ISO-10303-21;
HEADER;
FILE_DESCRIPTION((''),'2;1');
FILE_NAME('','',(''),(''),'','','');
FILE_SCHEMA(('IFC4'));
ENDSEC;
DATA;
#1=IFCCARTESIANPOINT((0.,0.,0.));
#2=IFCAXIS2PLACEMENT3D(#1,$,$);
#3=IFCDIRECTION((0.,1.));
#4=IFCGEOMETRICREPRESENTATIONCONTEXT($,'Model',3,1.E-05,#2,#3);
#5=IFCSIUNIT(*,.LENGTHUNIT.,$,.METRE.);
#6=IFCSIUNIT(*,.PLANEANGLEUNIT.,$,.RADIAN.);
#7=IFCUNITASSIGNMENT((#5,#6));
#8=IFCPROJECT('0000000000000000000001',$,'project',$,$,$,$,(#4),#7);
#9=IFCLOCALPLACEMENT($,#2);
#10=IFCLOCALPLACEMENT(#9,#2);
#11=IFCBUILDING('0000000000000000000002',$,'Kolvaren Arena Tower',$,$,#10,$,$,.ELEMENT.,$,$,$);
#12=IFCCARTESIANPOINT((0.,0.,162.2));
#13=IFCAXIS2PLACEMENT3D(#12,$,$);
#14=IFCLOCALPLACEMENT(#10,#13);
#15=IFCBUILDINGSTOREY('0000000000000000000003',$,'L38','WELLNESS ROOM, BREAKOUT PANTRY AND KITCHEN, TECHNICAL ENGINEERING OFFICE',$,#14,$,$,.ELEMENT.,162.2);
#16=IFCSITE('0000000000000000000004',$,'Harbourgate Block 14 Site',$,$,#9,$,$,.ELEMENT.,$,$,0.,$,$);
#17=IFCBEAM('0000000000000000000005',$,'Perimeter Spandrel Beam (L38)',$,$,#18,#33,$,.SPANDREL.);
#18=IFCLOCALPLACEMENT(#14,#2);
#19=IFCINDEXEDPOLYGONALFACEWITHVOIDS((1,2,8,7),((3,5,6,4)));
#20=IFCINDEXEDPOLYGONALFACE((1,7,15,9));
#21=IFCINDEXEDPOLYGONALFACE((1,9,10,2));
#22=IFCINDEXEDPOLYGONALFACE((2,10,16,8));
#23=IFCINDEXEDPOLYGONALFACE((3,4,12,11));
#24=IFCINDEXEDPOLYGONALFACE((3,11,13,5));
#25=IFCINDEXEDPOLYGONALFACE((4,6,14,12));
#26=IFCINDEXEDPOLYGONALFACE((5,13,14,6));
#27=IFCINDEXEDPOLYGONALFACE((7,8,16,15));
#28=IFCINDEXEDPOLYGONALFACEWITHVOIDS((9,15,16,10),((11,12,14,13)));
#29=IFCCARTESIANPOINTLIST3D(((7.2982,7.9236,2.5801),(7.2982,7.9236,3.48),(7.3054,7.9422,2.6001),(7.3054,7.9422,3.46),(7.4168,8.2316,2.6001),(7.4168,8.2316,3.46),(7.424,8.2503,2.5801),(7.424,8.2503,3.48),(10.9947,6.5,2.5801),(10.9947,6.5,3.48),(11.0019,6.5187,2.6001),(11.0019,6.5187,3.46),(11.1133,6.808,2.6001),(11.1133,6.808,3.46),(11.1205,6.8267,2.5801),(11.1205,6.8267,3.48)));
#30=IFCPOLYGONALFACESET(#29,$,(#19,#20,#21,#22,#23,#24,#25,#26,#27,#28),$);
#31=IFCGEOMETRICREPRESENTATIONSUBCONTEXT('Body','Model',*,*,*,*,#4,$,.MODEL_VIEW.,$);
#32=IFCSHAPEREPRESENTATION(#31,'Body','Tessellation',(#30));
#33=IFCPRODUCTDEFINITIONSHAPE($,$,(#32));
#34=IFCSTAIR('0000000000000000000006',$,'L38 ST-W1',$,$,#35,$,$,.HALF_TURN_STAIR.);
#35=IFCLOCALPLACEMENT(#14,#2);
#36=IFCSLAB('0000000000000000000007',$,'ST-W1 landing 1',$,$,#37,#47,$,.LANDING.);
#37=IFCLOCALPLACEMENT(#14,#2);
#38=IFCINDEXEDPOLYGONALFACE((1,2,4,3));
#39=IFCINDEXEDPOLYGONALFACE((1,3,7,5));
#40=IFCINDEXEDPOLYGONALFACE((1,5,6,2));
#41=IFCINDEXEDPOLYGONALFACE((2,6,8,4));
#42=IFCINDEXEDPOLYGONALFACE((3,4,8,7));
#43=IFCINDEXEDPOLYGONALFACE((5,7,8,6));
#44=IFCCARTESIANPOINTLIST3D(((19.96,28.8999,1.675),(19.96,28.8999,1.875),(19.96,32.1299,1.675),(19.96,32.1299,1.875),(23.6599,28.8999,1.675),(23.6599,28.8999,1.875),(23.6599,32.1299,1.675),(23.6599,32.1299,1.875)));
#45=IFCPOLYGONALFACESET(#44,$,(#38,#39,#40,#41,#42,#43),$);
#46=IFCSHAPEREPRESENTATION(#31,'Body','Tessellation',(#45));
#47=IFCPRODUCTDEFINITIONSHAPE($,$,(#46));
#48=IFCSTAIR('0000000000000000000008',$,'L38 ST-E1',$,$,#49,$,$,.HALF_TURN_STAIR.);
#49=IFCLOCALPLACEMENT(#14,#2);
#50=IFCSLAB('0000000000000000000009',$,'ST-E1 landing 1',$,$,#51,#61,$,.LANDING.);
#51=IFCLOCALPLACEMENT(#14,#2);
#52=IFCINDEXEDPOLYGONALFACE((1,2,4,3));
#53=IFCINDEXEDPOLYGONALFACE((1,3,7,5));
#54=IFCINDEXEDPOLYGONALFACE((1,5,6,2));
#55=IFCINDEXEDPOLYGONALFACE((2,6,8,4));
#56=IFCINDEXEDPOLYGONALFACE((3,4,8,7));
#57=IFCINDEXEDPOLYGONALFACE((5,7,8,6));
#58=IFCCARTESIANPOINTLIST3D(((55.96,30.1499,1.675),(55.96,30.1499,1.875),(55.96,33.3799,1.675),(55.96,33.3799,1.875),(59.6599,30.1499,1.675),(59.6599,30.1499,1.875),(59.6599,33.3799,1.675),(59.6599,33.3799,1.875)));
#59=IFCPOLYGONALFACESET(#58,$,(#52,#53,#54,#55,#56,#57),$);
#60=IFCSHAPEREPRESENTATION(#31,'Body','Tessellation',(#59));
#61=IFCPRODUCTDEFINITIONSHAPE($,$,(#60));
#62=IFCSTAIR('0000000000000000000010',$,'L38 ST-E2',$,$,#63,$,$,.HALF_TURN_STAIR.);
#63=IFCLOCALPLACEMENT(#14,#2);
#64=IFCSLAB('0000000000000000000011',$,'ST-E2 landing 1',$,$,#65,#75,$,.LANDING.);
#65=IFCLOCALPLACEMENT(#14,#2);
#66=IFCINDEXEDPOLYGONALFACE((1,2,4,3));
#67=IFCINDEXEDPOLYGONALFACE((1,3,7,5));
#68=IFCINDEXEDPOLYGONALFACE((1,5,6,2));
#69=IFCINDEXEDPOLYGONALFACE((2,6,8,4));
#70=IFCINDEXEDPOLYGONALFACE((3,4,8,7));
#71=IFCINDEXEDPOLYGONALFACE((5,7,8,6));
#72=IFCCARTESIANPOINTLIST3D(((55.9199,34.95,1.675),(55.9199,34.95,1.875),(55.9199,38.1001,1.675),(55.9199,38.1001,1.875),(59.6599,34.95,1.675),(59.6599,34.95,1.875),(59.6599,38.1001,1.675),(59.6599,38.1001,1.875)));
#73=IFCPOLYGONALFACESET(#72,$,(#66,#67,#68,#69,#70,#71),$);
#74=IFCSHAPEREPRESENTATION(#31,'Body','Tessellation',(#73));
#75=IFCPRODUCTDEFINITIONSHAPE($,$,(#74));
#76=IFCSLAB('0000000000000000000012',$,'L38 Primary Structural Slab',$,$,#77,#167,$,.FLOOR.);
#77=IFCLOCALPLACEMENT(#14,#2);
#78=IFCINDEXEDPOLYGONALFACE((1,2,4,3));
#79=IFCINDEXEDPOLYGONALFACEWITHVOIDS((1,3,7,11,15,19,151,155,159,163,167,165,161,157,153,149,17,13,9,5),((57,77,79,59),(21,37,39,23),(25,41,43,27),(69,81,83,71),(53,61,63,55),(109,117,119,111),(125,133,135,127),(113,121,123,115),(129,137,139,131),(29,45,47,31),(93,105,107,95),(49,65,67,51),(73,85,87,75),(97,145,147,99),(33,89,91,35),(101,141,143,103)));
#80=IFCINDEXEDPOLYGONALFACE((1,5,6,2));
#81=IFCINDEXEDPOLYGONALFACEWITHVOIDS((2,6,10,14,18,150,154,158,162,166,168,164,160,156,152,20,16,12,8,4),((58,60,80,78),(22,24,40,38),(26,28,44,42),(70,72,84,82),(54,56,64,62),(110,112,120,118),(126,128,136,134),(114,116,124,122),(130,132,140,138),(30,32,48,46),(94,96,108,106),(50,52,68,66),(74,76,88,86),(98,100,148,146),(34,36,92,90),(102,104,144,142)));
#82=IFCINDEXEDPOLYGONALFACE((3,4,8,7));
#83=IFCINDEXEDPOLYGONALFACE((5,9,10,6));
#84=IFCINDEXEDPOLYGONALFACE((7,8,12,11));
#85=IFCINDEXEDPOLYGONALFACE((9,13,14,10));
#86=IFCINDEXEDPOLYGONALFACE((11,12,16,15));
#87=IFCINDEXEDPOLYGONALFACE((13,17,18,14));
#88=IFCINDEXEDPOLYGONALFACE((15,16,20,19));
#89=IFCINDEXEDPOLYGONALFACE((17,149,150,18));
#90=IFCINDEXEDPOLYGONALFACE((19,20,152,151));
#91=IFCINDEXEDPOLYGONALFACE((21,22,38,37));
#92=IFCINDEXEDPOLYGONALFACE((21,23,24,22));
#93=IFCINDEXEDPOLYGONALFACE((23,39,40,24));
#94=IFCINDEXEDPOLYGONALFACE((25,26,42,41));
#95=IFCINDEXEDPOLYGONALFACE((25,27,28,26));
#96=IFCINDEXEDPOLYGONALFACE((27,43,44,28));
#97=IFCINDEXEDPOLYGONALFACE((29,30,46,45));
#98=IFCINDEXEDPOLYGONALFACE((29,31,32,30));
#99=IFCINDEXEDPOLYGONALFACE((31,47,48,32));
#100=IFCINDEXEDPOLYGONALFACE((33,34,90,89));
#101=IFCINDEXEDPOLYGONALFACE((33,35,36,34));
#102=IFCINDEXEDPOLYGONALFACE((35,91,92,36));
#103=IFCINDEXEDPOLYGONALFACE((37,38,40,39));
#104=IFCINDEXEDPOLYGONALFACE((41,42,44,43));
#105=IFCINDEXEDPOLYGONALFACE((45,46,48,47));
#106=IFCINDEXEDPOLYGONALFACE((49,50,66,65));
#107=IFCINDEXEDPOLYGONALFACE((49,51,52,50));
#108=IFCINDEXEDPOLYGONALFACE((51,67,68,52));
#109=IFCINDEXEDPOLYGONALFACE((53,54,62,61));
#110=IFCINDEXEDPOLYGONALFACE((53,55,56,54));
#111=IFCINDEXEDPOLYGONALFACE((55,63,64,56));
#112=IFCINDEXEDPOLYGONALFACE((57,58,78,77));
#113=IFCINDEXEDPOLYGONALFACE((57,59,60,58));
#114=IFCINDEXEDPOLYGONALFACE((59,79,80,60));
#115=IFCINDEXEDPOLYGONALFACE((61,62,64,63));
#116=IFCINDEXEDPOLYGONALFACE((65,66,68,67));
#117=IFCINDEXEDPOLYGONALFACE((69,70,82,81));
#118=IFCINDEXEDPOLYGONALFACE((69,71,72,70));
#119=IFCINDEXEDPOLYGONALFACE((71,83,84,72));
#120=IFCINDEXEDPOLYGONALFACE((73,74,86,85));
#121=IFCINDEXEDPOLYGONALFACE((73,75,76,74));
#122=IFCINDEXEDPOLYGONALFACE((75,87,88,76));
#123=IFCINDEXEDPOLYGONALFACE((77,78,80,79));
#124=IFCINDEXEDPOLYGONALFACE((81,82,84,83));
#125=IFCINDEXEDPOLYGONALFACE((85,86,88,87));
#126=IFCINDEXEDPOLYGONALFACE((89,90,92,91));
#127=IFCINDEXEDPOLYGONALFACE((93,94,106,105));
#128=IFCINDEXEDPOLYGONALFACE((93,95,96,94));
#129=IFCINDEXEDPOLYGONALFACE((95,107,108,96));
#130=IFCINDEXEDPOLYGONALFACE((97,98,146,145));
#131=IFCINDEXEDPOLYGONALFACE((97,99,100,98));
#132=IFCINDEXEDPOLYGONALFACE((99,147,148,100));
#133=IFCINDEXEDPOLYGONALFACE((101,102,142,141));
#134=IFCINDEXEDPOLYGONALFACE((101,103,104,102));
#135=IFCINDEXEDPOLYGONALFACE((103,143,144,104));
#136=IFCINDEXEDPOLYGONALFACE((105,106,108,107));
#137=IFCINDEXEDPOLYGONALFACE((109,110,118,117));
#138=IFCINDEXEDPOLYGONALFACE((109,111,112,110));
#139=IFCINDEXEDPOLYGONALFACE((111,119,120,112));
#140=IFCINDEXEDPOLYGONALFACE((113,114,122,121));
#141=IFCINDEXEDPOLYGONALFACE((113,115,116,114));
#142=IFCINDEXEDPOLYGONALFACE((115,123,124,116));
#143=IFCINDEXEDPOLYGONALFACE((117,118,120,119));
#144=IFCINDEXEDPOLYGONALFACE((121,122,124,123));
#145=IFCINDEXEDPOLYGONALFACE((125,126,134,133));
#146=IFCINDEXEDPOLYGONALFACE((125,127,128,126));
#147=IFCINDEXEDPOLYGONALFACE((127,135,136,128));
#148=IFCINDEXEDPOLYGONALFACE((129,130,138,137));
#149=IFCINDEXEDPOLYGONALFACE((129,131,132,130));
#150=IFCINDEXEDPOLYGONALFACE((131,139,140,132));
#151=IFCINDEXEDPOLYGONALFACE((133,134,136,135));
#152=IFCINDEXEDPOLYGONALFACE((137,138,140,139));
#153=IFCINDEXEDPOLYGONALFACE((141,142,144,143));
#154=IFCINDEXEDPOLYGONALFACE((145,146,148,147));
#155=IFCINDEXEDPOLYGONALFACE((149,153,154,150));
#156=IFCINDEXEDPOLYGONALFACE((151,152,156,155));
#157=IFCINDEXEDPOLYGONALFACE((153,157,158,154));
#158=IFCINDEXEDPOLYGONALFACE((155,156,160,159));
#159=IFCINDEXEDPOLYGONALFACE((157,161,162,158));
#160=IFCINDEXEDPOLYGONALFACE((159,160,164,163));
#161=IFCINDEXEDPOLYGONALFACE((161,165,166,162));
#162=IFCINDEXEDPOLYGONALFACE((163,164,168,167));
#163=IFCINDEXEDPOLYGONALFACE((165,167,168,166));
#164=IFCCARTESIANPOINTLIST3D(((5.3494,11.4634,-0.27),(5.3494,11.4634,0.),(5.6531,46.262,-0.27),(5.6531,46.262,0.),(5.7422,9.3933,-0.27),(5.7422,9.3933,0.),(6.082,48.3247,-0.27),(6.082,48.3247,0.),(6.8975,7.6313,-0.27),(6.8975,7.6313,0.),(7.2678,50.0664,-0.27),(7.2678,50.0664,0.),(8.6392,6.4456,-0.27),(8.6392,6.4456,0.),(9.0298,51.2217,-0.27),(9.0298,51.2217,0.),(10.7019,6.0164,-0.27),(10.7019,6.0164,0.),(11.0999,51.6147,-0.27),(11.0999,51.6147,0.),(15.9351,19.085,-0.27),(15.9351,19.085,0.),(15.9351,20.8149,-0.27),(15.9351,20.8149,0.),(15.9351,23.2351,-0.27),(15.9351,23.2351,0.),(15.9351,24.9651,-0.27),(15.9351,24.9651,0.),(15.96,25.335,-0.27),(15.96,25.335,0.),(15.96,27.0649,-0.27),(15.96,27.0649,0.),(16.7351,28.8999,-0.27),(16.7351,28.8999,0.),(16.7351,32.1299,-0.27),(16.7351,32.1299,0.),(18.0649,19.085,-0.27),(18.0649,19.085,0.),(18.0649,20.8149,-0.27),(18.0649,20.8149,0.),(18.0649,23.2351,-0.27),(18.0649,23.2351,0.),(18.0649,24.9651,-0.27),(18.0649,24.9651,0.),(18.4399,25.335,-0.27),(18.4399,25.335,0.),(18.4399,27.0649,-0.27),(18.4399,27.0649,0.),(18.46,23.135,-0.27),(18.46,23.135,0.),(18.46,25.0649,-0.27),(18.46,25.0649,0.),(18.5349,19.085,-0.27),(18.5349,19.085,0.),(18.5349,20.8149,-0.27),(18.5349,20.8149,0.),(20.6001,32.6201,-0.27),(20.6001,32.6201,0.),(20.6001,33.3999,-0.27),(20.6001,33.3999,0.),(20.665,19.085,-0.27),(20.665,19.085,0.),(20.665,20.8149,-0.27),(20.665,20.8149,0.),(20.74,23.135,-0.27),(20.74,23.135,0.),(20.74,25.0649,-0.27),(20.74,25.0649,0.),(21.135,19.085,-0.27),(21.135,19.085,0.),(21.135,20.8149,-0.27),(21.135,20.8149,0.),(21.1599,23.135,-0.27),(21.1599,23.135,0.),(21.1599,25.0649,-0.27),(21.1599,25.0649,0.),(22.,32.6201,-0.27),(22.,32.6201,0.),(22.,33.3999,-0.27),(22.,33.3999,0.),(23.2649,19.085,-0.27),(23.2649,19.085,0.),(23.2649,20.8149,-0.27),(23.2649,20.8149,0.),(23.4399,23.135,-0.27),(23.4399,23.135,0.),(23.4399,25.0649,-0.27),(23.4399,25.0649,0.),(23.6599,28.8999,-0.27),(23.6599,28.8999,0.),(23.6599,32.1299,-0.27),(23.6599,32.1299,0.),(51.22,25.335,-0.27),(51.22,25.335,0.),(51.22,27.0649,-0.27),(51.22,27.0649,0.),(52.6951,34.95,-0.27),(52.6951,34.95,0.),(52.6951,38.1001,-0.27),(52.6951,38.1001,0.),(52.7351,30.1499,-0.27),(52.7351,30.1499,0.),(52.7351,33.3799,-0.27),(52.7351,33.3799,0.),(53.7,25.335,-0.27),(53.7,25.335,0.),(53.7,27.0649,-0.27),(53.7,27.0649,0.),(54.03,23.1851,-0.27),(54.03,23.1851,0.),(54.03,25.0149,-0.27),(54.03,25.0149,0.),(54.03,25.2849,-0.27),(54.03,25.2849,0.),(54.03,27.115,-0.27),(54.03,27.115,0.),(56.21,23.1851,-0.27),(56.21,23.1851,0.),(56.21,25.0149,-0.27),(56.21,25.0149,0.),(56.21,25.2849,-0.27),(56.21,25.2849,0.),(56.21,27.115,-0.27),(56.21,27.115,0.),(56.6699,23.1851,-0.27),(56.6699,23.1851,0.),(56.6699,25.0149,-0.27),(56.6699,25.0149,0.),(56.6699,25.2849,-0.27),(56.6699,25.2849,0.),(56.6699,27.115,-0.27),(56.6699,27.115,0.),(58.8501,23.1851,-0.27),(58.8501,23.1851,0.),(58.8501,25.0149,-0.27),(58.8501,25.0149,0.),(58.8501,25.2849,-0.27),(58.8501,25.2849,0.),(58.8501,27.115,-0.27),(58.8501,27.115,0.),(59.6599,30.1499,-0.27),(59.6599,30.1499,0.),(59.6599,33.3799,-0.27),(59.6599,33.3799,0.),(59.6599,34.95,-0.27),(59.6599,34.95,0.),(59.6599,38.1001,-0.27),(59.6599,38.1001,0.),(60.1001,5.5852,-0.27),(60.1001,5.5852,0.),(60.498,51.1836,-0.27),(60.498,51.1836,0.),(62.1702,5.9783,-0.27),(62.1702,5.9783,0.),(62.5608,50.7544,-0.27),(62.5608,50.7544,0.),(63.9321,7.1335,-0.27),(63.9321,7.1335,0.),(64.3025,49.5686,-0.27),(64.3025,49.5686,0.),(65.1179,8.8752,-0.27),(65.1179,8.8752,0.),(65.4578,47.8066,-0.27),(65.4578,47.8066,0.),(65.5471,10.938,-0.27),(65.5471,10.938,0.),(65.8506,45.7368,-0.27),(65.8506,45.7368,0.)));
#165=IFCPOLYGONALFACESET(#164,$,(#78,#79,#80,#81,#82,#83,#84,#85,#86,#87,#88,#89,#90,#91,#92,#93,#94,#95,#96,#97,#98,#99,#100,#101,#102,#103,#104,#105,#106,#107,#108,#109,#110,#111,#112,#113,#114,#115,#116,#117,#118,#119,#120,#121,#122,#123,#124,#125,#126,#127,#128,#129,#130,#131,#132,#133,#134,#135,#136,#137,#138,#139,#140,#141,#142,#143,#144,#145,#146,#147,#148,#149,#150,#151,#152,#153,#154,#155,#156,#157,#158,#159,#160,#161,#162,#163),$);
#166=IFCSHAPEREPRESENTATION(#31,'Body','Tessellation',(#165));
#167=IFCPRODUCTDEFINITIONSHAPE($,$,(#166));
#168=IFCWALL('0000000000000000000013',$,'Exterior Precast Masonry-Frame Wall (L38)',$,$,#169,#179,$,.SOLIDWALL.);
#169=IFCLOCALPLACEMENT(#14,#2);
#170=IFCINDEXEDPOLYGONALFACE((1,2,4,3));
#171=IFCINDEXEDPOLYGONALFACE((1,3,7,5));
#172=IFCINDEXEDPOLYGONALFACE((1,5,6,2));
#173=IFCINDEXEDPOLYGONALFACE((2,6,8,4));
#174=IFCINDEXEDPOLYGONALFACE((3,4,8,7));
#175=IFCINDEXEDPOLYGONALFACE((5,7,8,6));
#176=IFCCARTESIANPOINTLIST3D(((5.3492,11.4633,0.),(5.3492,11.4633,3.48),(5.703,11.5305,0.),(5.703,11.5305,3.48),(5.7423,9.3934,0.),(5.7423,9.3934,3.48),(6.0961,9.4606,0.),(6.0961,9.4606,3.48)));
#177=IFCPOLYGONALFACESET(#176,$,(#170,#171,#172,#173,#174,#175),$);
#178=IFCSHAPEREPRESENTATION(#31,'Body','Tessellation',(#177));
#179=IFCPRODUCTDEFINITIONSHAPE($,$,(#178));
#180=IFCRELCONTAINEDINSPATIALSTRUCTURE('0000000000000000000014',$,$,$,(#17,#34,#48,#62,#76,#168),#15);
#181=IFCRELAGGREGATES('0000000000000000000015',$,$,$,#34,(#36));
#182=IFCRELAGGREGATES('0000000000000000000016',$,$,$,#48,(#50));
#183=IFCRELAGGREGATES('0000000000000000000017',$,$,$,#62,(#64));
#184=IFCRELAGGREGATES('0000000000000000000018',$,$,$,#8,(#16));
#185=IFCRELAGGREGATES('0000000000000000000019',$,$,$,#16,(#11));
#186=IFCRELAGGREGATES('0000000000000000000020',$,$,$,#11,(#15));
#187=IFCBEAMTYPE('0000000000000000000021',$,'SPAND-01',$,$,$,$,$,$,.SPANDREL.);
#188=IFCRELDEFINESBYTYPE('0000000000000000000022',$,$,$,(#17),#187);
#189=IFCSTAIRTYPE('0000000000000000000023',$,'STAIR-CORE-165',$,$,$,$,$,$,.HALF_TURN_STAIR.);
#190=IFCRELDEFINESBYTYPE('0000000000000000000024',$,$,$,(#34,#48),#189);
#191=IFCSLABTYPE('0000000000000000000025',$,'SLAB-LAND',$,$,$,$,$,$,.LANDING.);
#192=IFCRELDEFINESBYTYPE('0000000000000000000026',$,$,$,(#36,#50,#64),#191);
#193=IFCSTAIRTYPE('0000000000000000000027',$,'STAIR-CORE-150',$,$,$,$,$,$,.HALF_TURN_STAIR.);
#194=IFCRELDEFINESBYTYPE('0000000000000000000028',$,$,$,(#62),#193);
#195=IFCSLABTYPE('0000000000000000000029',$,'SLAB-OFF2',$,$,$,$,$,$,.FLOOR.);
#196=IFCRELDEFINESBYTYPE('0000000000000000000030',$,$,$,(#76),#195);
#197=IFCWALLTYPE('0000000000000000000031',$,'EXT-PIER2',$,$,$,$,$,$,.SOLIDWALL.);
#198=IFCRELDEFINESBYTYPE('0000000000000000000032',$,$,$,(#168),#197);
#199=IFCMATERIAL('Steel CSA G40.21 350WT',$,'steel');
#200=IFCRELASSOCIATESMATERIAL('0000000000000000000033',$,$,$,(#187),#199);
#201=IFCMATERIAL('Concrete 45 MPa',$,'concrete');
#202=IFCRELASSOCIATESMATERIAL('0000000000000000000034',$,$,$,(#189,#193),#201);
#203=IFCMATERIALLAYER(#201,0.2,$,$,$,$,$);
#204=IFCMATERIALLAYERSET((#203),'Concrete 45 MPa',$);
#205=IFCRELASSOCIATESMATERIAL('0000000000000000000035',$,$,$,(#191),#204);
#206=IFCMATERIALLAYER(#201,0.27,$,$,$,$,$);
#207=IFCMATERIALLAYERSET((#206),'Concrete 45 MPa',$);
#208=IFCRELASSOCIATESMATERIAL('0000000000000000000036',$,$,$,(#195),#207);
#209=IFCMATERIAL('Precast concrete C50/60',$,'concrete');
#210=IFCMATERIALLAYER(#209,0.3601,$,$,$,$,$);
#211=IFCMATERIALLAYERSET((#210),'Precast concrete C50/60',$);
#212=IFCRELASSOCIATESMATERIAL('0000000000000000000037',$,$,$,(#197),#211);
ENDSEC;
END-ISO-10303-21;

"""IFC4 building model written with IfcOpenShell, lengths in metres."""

from ifc_helpers import new_model, si_unit, direction, frame, frame_2d, origin, origin_2d, place, context, subcontext, project, spatial, polyline, rectangle, hollow_rectangle, outline, extrude, material, layer, layer_set, material_profile, profile_set, type_object, element, aggregate, save


model = new_model("IFC4")

# Units and contexts
model_context = context("Model", 3, precision=1e-05, world=origin(), true_north=direction((0.0, 1.0)))
body_context = subcontext(model_context, "Body", "Model", "MODEL_VIEW")
ifc_project = project(units=[si_unit("LENGTHUNIT", "METRE"), si_unit("PLANEANGLEUNIT", "RADIAN")], contexts=[model_context])

# Site, building, storey
site_placement = place(None, origin())
site = spatial("IfcSite", under=ifc_project, at=site_placement, Name="Harbourgate Block 14 Site", CompositionType="ELEMENT", RefElevation=0.0)
building_placement = place(site_placement, origin())
building = spatial("IfcBuilding", under=site, at=building_placement, Name="Kolvaren Arena Tower", CompositionType="ELEMENT")
storey_placement = place(building_placement, frame((0.0, 0.0, 162.2)))
storey = spatial("IfcBuildingStorey", under=building, at=storey_placement, Name="L38", Description="WELLNESS ROOM, BREAKOUT PANTRY AND KITCHEN, TECHNICAL ENGINEERING OFFICE", CompositionType="ELEMENT", Elevation=162.2)

# Beam
ifc_material_1 = material(Name="Steel CSA G40.21 350WT", Category="steel")
ifc_material_profile_1 = material_profile(ifc_material_1, hollow_rectangle(XDim=0.3501, YDim=0.8999, WallThickness=0.02, at=origin_2d()), Name="HSS 900x350x20")
ifc_profile_set_1 = profile_set([ifc_material_profile_1], Name="Steel CSA G40.21 350WT")
beam_type_1 = type_object("IfcBeamType", Name="SPAND-01", PredefinedType="SPANDREL", material=ifc_profile_set_1)
beam_1_placement = place(storey_placement, frame((7.3611, 8.0869, 3.03), z_axis=(0.93319, -0.359384, 0.0), x_axis=(0.359384, 0.93319, 0.0)))
element("IfcBeam", 1, at=beam_1_placement, inside=storey, type_object=beam_type_1, Name="Perimeter Spandrel Beam (L38)", PredefinedType="SPANDREL", context=body_context, shape_type="SweptSolid", body=[
    extrude(hollow_rectangle(XDim=0.3501, YDim=0.8999, WallThickness=0.02, at=origin_2d()), origin(), (0.0, 0.0, 1.0), 3.9612),
])

# Stairs, slabs
ifc_material_2 = material(Name="Concrete 45 MPa", Category="concrete")
stair_type_1 = type_object("IfcStairType", Name="STAIR-CORE-165", PredefinedType="HALF_TURN_STAIR", material=ifc_material_2)
stair_1_placement = place(storey_placement, origin())
stair_1 = element("IfcStair", 2, at=stair_1_placement, inside=storey, type_object=stair_type_1, Name="L38 ST-W1", PredefinedType="HALF_TURN_STAIR")
ifc_layer_1 = layer(ifc_material_2, 0.2)
ifc_layer_set_1 = layer_set([ifc_layer_1], Name="Concrete 45 MPa")
slab_type_1 = type_object("IfcSlabType", Name="SLAB-LAND", PredefinedType="LANDING", material=ifc_layer_set_1)
slab_1_placement = place(storey_placement, frame((0.0, 0.0, 1.675)))
slab_1 = element("IfcSlab", 3, at=slab_1_placement, type_object=slab_type_1, Name="ST-W1 landing 1", PredefinedType="LANDING", context=body_context, shape_type="SweptSolid", body=[
    extrude(outline(polyline([(19.96, 28.8999), (23.6599, 28.8999), (23.6599, 32.1299), (19.96, 32.1299), (19.96, 28.8999)])), origin(), (0.0, 0.0, 1.0), 0.2),
])
aggregate(stair_1, [slab_1])
stair_2_placement = place(storey_placement, origin())
stair_2 = element("IfcStair", 4, at=stair_2_placement, inside=storey, type_object=stair_type_1, Name="L38 ST-E1", PredefinedType="HALF_TURN_STAIR")
slab_2_placement = place(storey_placement, frame((0.0, 0.0, 1.675)))
slab_2 = element("IfcSlab", 5, at=slab_2_placement, type_object=slab_type_1, Name="ST-E1 landing 1", PredefinedType="LANDING", context=body_context, shape_type="SweptSolid", body=[
    extrude(outline(polyline([(55.96, 30.1499), (59.6599, 30.1499), (59.6599, 33.3799), (55.96, 33.3799), (55.96, 30.1499)])), origin(), (0.0, 0.0, 1.0), 0.2),
])
aggregate(stair_2, [slab_2])
stair_type_2 = type_object("IfcStairType", Name="STAIR-CORE-150", PredefinedType="HALF_TURN_STAIR", material=ifc_material_2)
stair_3_placement = place(storey_placement, origin())
stair_3 = element("IfcStair", 6, at=stair_3_placement, inside=storey, type_object=stair_type_2, Name="L38 ST-E2", PredefinedType="HALF_TURN_STAIR")
slab_3_placement = place(storey_placement, frame((0.0, 0.0, 1.675)))
slab_3 = element("IfcSlab", 7, at=slab_3_placement, type_object=slab_type_1, Name="ST-E2 landing 1", PredefinedType="LANDING", context=body_context, shape_type="SweptSolid", body=[
    extrude(outline(polyline([(55.9199, 34.95), (59.6599, 34.95), (59.6599, 38.1001), (55.9199, 38.1001), (55.9199, 34.95)])), origin(), (0.0, 0.0, 1.0), 0.2),
])
aggregate(stair_3, [slab_3])

# Slab
ifc_layer_2 = layer(ifc_material_2, 0.27)
ifc_layer_set_2 = layer_set([ifc_layer_2], Name="Concrete 45 MPa")
slab_type_2 = type_object("IfcSlabType", Name="SLAB-OFF2", PredefinedType="FLOOR", material=ifc_layer_set_2)
slab_4_placement = place(storey_placement, frame((0.0, 0.0, -0.27)))
element("IfcSlab", 8, at=slab_4_placement, inside=storey, type_object=slab_type_2, Name="L38 Primary Structural Slab", PredefinedType="FLOOR", context=body_context, shape_type="SweptSolid", body=[
    extrude(outline(polyline([(60.1001, 5.5852), (62.1702, 5.9783), (63.9321, 7.1335), (65.1179, 8.8752), (65.5471, 10.938), (65.8506, 45.7368), (65.4578, 47.8066), (64.3025, 49.5686), (62.5608, 50.7544), (60.498, 51.1836), (11.0999, 51.6147), (9.0298, 51.2217), (7.2678, 50.0664), (6.082, 48.3247), (5.6531, 46.262), (5.3494, 11.4634), (5.7422, 9.3933), (6.8975, 7.6313), (8.6392, 6.4456), (10.7019, 6.0164), (60.1001, 5.5852)]), holes=[polyline([(15.9351, 19.085), (15.9351, 20.8149), (18.0649, 20.8149), (18.0649, 19.085), (15.9351, 19.085)]), polyline([(18.5349, 19.085), (18.5349, 20.8149), (20.665, 20.8149), (20.665, 19.085), (18.5349, 19.085)]), polyline([(21.135, 19.085), (21.135, 20.8149), (23.2649, 20.8149), (23.2649, 19.085), (21.135, 19.085)]), polyline([(18.46, 23.135), (18.46, 25.0649), (20.74, 25.0649), (20.74, 23.135), (18.46, 23.135)]), polyline([(21.1599, 23.135), (21.1599, 25.0649), (23.4399, 25.0649), (23.4399, 23.135), (21.1599, 23.135)]), polyline([(54.03, 23.1851), (54.03, 25.0149), (56.21, 25.0149), (56.21, 23.1851), (54.03, 23.1851)]), polyline([(56.6699, 23.1851), (56.6699, 25.0149), (58.8501, 25.0149), (58.8501, 23.1851), (56.6699, 23.1851)]), polyline([(15.9351, 23.2351), (15.9351, 24.9651), (18.0649, 24.9651), (18.0649, 23.2351), (15.9351, 23.2351)]), polyline([(54.03, 25.2849), (54.03, 27.115), (56.21, 27.115), (56.21, 25.2849), (54.03, 25.2849)]), polyline([(56.6699, 25.2849), (56.6699, 27.115), (58.8501, 27.115), (58.8501, 25.2849), (56.6699, 25.2849)]), polyline([(15.96, 25.335), (15.96, 27.0649), (18.4399, 27.0649), (18.4399, 25.335), (15.96, 25.335)]), polyline([(51.22, 25.335), (51.22, 27.0649), (53.7, 27.0649), (53.7, 25.335), (51.22, 25.335)]), polyline([(16.7351, 28.8999), (16.7351, 32.1299), (23.6599, 32.1299), (23.6599, 28.8999), (16.7351, 28.8999)]), polyline([(52.7351, 30.1499), (52.7351, 33.3799), (59.6599, 33.3799), (59.6599, 30.1499), (52.7351, 30.1499)]), polyline([(20.6001, 32.6201), (20.6001, 33.3999), (22.0, 33.3999), (22.0, 32.6201), (20.6001, 32.6201)]), polyline([(52.6951, 34.95), (52.6951, 38.1001), (59.6599, 38.1001), (59.6599, 34.95), (52.6951, 34.95)])]), origin(), (0.0, 0.0, 1.0), 0.27),
])

# Wall
ifc_material_3 = material(Name="Precast concrete C50/60", Category="concrete")
ifc_layer_3 = layer(ifc_material_3, 0.3601)
ifc_layer_set_3 = layer_set([ifc_layer_3], Name="Precast concrete C50/60")
wall_type = type_object("IfcWallType", Name="EXT-PIER2", PredefinedType="SOLIDWALL", material=ifc_layer_set_3)
for number, where, z_axis, x_axis, name in (
    (9, (5.9192, 9.427, 0.0), (0.0, 0.0, 1.0), (-0.186569, 0.982442, 0.0), "Exterior Precast Masonry-Frame Wall (L38)"),
):
    element("IfcWall", number, at=place(storey_placement, frame(where, z_axis=z_axis, x_axis=x_axis)), inside=storey, type_object=wall_type, Name=name, PredefinedType="SOLIDWALL", context=body_context, shape_type="SweptSolid", body=[
        extrude(rectangle(XDim=2.1069, YDim=0.3601, at=frame_2d((1.0535, 0.0))), origin(), (0.0, 0.0, 1.0), 3.48),
    ])

save(model, "model.ifc")
